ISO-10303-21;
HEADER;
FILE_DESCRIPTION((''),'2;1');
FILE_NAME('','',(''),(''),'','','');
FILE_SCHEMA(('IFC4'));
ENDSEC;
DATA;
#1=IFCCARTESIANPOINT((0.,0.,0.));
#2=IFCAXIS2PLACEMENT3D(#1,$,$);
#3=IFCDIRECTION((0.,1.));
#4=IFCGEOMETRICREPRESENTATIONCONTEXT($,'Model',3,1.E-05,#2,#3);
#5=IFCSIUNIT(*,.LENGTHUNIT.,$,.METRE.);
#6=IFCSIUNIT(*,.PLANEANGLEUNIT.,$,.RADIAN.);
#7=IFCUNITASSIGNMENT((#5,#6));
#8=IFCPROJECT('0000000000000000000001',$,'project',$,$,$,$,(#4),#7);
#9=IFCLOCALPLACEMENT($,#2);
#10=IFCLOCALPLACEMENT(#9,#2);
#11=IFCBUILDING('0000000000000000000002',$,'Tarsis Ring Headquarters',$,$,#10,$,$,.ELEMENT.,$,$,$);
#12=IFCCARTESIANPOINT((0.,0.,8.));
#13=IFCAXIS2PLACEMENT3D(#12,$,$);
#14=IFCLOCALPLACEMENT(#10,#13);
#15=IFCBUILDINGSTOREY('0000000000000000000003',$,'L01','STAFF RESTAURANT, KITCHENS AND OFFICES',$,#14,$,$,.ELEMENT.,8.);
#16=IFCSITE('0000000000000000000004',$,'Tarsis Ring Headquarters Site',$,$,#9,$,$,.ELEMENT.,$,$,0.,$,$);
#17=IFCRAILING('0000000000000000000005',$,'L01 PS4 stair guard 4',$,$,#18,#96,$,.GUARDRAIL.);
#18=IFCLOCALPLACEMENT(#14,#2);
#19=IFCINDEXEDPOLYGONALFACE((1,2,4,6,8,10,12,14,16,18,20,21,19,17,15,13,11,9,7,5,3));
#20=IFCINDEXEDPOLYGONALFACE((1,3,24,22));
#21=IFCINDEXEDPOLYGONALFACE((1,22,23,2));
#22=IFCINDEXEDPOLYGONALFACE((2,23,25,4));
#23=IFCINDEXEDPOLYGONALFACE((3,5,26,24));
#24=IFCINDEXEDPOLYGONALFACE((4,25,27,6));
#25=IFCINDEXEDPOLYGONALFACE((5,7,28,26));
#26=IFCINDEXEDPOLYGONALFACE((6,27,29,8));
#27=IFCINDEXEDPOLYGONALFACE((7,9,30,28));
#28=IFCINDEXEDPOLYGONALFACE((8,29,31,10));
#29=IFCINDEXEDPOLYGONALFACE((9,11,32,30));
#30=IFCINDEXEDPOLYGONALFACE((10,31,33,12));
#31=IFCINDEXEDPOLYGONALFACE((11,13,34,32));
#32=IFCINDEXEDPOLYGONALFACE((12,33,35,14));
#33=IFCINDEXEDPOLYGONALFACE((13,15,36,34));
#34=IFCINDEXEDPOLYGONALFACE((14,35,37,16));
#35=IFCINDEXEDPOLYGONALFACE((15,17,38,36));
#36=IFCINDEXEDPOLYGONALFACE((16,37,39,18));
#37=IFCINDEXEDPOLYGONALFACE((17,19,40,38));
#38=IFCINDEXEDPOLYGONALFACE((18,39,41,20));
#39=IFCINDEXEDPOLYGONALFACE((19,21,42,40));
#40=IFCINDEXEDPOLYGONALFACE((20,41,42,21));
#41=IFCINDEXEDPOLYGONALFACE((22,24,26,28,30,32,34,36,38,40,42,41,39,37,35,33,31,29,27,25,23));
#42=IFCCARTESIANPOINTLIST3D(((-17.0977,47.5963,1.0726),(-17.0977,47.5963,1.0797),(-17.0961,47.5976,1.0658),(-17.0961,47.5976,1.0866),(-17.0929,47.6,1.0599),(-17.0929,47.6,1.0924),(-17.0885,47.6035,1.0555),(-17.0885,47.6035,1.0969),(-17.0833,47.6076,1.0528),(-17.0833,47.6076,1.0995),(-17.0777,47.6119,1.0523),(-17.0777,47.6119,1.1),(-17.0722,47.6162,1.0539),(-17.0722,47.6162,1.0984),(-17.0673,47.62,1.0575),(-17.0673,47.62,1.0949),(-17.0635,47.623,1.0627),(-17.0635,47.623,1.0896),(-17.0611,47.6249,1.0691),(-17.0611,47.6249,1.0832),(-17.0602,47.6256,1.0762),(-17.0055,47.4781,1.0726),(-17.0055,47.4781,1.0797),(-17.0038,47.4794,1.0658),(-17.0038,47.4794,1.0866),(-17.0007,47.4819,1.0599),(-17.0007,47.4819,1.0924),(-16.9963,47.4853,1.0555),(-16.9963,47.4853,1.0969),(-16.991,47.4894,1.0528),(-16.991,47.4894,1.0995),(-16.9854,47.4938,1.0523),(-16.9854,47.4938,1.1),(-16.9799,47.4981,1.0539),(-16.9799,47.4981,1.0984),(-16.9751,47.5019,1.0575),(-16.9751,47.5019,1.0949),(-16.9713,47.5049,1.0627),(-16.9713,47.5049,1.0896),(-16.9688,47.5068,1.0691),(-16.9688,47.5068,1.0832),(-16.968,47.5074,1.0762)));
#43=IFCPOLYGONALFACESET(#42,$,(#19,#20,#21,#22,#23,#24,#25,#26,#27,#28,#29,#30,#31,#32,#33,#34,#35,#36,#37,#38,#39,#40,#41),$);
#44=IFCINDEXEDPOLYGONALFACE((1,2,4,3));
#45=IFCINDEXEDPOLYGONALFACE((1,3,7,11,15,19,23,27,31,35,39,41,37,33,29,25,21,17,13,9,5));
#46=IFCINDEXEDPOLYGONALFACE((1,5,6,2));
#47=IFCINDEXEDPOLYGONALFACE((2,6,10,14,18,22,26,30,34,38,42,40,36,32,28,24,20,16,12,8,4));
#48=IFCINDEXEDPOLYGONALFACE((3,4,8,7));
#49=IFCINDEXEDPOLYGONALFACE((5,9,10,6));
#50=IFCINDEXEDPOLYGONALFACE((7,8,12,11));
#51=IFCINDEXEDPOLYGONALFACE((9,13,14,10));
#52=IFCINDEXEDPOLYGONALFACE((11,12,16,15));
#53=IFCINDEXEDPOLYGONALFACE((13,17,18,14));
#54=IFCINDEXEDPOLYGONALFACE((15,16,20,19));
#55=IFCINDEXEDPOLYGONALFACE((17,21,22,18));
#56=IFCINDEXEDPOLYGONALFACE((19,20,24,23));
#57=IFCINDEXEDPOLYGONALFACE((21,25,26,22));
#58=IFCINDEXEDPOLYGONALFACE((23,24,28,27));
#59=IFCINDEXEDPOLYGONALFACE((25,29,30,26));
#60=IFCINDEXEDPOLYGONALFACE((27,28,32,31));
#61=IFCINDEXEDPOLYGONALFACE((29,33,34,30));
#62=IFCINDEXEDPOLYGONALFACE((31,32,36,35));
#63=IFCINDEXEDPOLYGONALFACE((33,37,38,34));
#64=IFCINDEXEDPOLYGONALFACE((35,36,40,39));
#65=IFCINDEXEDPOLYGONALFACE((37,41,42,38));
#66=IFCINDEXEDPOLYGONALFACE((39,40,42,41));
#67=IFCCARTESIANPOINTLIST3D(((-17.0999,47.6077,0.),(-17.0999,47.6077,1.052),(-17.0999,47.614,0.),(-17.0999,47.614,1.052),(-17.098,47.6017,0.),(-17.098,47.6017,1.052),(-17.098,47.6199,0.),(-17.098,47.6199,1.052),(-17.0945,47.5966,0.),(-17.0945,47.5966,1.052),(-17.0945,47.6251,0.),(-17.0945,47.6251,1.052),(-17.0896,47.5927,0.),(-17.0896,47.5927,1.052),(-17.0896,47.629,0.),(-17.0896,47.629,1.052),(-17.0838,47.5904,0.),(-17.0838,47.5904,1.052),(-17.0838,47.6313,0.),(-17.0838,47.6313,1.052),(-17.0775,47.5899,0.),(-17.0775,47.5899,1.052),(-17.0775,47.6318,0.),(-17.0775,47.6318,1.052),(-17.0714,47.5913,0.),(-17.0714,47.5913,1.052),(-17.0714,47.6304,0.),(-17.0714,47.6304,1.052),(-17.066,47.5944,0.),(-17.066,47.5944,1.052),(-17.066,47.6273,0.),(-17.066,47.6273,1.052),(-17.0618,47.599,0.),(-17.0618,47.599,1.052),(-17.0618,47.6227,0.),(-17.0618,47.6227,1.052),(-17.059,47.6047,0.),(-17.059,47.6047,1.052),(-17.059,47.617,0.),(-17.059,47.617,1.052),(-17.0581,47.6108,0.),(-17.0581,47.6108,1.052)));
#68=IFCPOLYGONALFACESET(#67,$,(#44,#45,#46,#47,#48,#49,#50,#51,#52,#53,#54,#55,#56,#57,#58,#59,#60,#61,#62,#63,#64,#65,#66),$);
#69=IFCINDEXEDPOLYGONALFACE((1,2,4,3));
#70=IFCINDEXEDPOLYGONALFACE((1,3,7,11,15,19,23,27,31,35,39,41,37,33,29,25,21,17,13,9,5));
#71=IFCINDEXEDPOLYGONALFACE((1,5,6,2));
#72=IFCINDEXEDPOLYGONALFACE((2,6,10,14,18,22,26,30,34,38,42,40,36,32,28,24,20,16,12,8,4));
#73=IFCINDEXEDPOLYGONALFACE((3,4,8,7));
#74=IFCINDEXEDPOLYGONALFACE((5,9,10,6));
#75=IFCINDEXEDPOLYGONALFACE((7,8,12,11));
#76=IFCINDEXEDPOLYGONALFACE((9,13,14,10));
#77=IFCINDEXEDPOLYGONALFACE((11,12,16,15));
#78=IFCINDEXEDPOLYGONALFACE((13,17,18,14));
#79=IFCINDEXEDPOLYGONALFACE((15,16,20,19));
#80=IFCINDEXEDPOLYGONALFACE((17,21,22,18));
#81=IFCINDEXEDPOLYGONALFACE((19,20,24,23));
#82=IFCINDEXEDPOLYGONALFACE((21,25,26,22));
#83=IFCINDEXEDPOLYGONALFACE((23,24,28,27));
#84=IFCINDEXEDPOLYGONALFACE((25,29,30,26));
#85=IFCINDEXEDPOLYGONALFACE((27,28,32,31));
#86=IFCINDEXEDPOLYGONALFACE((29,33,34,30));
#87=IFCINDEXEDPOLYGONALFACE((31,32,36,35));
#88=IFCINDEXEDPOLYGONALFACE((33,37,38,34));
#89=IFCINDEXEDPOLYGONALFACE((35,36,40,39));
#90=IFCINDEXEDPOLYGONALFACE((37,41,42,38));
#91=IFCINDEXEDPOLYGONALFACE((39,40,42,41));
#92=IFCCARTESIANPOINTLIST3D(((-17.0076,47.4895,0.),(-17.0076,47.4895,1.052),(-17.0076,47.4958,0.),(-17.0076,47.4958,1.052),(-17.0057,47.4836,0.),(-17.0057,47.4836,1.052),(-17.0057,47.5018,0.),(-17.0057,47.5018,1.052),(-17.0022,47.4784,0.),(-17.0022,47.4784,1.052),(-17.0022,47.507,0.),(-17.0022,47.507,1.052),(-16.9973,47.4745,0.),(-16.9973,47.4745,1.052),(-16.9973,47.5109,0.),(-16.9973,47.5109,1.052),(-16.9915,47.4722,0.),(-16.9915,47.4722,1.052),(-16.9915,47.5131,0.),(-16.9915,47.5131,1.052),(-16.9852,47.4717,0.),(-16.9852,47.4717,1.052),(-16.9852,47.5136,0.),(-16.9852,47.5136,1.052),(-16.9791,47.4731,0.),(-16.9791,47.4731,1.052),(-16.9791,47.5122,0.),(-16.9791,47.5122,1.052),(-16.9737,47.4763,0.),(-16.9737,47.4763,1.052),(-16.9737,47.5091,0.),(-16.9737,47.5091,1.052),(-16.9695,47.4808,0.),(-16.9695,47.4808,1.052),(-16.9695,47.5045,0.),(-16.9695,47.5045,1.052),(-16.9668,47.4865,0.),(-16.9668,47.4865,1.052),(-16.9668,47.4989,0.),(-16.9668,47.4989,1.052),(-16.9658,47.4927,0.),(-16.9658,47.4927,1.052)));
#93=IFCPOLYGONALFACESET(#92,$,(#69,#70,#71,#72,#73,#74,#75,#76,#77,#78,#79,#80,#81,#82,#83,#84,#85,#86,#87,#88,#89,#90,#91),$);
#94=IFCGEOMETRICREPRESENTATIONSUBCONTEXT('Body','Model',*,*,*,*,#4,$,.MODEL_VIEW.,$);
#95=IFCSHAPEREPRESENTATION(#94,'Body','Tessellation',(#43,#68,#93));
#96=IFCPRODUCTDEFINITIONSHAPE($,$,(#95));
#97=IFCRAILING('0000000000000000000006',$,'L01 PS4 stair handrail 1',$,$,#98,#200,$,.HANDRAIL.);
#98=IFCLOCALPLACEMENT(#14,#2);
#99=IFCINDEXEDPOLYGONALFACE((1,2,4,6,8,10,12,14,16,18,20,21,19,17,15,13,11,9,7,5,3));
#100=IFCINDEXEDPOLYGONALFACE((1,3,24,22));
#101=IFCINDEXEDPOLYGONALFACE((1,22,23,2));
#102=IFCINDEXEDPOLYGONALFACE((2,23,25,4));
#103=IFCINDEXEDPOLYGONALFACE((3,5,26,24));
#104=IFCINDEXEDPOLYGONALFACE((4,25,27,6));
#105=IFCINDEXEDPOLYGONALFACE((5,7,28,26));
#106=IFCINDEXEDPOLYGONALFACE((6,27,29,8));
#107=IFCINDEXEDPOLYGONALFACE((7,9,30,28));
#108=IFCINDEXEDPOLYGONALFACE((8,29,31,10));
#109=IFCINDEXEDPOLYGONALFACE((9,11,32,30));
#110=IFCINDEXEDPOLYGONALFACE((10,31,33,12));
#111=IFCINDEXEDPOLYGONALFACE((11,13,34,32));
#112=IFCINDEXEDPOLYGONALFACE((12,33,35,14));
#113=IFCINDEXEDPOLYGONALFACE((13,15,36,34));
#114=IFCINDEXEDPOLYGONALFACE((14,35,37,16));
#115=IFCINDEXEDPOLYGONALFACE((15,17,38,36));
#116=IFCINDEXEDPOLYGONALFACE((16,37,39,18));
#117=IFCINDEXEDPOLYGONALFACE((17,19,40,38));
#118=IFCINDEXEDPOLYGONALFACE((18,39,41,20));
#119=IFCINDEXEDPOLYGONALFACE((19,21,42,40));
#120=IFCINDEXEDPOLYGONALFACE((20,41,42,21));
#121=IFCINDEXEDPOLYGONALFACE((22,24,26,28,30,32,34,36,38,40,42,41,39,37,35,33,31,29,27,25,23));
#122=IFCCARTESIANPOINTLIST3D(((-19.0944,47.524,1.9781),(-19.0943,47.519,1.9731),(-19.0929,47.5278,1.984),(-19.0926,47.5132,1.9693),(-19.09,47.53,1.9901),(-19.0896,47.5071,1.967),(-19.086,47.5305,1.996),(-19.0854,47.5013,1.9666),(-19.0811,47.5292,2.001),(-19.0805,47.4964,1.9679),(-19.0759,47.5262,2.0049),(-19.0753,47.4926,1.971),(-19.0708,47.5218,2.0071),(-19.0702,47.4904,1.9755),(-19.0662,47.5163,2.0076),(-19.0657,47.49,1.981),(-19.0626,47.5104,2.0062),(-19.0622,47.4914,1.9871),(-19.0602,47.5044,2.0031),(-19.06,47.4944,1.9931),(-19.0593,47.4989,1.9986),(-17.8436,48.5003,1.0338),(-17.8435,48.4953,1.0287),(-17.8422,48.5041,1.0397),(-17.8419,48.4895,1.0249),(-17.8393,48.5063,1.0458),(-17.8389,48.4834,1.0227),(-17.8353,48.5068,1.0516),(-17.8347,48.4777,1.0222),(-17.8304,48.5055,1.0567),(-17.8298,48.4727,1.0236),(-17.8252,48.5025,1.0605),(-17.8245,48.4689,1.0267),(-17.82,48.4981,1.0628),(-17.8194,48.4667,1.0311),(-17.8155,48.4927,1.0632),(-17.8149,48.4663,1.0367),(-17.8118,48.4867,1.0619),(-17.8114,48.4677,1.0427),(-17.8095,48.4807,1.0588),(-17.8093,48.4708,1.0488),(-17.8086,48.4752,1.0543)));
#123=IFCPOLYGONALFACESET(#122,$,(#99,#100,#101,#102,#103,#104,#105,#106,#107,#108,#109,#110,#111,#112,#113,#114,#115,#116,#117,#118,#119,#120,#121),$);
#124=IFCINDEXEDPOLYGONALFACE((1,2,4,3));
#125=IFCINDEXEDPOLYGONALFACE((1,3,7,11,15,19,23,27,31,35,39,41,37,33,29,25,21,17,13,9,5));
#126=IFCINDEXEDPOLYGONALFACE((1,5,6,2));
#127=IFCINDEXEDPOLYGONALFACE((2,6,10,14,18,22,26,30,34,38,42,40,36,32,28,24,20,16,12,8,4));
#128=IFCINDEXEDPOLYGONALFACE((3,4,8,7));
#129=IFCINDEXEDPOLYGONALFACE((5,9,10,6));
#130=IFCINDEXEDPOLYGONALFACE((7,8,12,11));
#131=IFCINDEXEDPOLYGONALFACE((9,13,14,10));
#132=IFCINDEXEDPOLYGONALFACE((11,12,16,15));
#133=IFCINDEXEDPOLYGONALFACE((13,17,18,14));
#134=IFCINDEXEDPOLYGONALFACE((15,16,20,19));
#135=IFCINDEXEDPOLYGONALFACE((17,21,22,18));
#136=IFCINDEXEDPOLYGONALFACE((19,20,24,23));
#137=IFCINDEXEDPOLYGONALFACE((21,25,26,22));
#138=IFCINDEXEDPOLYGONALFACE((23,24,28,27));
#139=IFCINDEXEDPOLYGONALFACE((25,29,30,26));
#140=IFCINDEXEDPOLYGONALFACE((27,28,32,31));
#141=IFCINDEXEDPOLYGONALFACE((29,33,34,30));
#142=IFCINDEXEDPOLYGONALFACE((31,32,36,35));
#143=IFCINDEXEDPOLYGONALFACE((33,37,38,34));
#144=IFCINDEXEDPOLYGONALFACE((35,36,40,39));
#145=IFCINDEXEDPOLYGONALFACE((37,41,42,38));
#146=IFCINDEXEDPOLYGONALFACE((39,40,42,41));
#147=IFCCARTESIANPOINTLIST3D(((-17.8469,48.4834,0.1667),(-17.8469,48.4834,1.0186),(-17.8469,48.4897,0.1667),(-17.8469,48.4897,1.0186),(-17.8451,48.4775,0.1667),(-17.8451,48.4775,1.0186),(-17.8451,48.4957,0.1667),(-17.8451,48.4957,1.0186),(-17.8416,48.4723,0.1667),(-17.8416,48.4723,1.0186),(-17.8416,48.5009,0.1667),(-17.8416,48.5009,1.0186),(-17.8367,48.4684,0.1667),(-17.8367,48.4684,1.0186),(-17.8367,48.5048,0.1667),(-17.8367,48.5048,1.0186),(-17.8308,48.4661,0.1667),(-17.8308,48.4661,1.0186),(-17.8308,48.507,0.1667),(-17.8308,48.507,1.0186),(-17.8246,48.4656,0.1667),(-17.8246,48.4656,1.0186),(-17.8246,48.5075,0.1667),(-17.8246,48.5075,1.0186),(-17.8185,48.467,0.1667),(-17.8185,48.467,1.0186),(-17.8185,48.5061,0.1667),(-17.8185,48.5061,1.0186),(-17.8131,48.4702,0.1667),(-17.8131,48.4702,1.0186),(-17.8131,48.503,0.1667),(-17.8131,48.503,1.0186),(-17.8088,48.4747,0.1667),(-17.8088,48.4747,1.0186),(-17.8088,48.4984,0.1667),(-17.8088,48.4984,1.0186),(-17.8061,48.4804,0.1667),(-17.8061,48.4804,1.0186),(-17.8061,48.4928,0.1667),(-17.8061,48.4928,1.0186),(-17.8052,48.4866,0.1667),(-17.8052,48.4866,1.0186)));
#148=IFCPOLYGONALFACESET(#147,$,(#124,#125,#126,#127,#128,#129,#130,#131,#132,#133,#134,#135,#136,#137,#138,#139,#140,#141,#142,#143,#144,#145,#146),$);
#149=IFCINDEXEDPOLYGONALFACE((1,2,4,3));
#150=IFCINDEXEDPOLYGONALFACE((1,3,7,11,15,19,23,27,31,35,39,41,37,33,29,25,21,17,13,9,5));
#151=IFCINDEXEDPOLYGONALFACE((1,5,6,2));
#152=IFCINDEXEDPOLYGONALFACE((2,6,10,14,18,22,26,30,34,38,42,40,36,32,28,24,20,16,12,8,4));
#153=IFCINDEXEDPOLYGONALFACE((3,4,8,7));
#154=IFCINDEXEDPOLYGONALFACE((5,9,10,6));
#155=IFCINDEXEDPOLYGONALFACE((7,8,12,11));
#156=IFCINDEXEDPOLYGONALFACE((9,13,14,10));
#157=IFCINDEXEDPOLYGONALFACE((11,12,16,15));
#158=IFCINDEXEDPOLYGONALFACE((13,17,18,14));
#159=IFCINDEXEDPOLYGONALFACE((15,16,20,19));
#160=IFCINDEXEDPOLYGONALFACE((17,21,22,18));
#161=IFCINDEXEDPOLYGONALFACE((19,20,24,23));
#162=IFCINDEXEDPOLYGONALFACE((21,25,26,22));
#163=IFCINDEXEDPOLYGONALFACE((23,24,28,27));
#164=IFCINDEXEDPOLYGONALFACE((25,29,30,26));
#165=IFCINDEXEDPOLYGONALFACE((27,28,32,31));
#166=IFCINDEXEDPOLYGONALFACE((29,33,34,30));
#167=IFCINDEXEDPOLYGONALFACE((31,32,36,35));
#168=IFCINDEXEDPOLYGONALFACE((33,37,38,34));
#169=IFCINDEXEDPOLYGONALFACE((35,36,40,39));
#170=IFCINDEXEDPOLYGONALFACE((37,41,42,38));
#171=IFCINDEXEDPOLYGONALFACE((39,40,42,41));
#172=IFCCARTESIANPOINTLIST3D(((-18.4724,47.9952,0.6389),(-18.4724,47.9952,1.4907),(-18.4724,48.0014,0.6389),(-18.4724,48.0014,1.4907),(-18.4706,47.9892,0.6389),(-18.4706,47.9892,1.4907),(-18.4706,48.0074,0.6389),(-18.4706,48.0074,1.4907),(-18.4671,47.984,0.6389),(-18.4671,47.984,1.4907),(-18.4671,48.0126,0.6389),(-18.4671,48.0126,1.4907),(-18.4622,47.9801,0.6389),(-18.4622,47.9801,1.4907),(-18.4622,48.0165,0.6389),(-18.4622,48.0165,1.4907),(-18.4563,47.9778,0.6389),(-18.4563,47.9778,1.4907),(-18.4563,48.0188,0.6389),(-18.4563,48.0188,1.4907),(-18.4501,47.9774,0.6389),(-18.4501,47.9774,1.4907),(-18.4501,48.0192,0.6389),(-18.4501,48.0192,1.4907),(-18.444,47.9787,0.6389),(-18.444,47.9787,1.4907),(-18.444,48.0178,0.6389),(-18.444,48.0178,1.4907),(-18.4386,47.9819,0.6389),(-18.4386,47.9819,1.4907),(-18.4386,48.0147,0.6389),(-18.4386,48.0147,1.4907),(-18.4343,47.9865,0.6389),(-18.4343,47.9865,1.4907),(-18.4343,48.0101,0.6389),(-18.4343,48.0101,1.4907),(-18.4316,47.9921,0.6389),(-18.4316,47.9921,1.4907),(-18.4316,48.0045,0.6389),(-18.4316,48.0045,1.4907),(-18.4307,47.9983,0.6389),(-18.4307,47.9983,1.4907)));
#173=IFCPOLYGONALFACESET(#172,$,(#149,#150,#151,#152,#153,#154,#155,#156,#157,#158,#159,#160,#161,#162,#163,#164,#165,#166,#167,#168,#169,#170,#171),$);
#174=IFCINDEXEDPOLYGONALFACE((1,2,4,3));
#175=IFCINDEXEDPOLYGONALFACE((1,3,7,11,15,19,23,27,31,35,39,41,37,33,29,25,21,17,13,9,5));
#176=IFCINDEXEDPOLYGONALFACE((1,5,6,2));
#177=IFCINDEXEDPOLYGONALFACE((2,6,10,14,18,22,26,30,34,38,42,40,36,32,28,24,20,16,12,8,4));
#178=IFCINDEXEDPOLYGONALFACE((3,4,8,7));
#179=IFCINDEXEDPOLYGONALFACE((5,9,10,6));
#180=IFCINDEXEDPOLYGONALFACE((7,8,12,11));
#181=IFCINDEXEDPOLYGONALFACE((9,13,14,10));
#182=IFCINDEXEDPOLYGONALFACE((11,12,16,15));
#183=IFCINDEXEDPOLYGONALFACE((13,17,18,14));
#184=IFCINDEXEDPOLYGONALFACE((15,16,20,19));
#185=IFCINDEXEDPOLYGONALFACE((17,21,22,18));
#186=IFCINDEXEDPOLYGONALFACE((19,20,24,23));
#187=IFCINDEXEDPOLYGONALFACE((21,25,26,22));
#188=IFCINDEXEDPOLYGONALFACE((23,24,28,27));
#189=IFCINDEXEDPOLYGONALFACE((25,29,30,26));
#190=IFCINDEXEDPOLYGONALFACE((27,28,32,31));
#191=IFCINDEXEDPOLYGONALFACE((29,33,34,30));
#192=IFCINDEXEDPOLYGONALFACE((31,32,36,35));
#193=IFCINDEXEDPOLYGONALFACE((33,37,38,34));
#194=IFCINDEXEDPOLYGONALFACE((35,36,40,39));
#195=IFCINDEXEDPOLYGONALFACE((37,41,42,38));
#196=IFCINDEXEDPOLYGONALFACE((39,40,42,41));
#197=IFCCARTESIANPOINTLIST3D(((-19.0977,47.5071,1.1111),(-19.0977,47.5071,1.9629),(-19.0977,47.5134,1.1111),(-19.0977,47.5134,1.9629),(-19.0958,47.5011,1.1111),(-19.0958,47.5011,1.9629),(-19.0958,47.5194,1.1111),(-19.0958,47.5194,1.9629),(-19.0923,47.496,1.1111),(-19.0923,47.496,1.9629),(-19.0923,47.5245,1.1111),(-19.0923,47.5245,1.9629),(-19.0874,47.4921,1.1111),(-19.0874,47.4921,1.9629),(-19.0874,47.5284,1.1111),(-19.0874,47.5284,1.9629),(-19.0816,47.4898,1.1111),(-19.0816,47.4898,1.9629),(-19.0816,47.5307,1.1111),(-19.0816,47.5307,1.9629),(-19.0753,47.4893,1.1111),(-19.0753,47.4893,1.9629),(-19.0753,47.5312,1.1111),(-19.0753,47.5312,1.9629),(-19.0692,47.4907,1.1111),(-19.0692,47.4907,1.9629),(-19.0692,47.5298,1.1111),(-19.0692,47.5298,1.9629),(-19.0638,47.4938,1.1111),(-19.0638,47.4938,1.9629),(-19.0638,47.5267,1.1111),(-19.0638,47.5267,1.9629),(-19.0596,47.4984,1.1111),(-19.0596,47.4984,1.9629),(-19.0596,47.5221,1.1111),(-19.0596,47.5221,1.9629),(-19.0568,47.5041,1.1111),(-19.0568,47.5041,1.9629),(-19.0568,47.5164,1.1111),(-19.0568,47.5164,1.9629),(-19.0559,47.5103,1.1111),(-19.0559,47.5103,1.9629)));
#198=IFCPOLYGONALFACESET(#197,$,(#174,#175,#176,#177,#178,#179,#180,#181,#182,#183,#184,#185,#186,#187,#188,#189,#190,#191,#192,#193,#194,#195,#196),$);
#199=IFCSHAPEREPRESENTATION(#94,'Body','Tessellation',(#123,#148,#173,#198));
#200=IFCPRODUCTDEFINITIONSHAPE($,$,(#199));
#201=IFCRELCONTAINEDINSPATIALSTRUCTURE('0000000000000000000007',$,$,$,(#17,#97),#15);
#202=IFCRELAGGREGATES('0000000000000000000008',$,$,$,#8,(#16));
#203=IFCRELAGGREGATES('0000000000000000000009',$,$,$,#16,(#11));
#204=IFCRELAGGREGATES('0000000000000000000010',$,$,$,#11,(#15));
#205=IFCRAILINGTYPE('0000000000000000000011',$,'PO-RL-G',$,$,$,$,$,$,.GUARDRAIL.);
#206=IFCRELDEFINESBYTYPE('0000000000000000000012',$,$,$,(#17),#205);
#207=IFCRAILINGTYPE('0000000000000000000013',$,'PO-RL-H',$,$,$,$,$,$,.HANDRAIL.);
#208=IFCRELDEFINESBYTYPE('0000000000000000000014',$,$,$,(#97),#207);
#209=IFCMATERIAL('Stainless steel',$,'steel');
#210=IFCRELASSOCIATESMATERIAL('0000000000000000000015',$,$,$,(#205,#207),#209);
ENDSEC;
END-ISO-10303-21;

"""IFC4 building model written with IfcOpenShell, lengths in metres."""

from ifc_helpers import new_model, si_unit, direction, frame, origin, origin_2d, place, context, subcontext, project, spatial, circle, extrude, material, type_object, element, save


model = new_model("IFC4")

# Units and contexts
model_context = context("Model", 3, precision=1e-05, world=origin(), true_north=direction((0.0, 1.0)))
body_context = subcontext(model_context, "Body", "Model", "MODEL_VIEW")
ifc_project = project(units=[si_unit("LENGTHUNIT", "METRE"), si_unit("PLANEANGLEUNIT", "RADIAN")], contexts=[model_context])

# Site, building, storey
site_placement = place(None, origin())
site = spatial("IfcSite", under=ifc_project, at=site_placement, Name="Tarsis Ring Headquarters Site", CompositionType="ELEMENT", RefElevation=0.0)
building_placement = place(site_placement, origin())
building = spatial("IfcBuilding", under=site, at=building_placement, Name="Tarsis Ring Headquarters", CompositionType="ELEMENT")
storey_placement = place(building_placement, frame((0.0, 0.0, 8.0)))
storey = spatial("IfcBuildingStorey", under=building, at=storey_placement, Name="L01", Description="STAFF RESTAURANT, KITCHENS AND OFFICES", CompositionType="ELEMENT", Elevation=8.0)

# Railings
ifc_material_1 = material(Name="Stainless steel", Category="steel")
railing_type_1 = type_object("IfcRailingType", Name="PO-RL-G", PredefinedType="GUARDRAIL", material=ifc_material_1)
railing_1_placement = place(storey_placement, frame((-17.0791, 47.6108, 0.0)))
element("IfcRailing", 1, at=railing_1_placement, inside=storey, type_object=railing_type_1, Name="L01 PS4 stair guard 4", PredefinedType="GUARDRAIL", context=body_context, shape_type="SweptSolid", body=[
    extrude(circle(Radius=0.0239, at=origin_2d()), frame((0.0, 0.0, 1.0762), z_axis=(0.615518, -0.788123, 0.0), x_axis=(0.788123, 0.615518, 0.0)), (0.0, 0.0, 1.0), 0.1499),
    extrude(circle(Radius=0.021, at=origin_2d()), origin(), (0.0, 0.0, 1.0), 1.052),
    extrude(circle(Radius=0.021, at=origin_2d()), frame((0.0923, -0.1182, 0.0)), (0.0, 0.0, 1.0), 1.052),
])
railing_type_2 = type_object("IfcRailingType", Name="PO-RL-H", PredefinedType="HANDRAIL", material=ifc_material_1)
railing_2_placement = place(storey_placement, frame((-17.8262, 48.4866, 0.1667)))
element("IfcRailing", 2, at=railing_2_placement, inside=storey, type_object=railing_type_2, Name="L01 PS4 stair handrail 1", PredefinedType="HANDRAIL", context=body_context, shape_type="SweptSolid", body=[
    extrude(circle(Radius=0.0239, at=origin_2d()), frame((0.0, 0.0, 0.876), z_axis=(-0.677379, -0.52876, 0.511439), x_axis=(0.615324, -0.788274, 0.0)), (0.0, 0.0, 1.0), 1.8464),
    extrude(circle(Radius=0.021, at=origin_2d()), origin(), (0.0, 0.0, 1.0), 0.8518),
    extrude(circle(Radius=0.021, at=origin_2d()), frame((-0.6255, -0.4883, 0.4722)), (0.0, 0.0, 1.0), 0.8518),
    extrude(circle(Radius=0.021, at=origin_2d()), frame((-1.2507, -0.9763, 0.9443)), (0.0, 0.0, 1.0), 0.8518),
])

save(model, "model.ifc")
